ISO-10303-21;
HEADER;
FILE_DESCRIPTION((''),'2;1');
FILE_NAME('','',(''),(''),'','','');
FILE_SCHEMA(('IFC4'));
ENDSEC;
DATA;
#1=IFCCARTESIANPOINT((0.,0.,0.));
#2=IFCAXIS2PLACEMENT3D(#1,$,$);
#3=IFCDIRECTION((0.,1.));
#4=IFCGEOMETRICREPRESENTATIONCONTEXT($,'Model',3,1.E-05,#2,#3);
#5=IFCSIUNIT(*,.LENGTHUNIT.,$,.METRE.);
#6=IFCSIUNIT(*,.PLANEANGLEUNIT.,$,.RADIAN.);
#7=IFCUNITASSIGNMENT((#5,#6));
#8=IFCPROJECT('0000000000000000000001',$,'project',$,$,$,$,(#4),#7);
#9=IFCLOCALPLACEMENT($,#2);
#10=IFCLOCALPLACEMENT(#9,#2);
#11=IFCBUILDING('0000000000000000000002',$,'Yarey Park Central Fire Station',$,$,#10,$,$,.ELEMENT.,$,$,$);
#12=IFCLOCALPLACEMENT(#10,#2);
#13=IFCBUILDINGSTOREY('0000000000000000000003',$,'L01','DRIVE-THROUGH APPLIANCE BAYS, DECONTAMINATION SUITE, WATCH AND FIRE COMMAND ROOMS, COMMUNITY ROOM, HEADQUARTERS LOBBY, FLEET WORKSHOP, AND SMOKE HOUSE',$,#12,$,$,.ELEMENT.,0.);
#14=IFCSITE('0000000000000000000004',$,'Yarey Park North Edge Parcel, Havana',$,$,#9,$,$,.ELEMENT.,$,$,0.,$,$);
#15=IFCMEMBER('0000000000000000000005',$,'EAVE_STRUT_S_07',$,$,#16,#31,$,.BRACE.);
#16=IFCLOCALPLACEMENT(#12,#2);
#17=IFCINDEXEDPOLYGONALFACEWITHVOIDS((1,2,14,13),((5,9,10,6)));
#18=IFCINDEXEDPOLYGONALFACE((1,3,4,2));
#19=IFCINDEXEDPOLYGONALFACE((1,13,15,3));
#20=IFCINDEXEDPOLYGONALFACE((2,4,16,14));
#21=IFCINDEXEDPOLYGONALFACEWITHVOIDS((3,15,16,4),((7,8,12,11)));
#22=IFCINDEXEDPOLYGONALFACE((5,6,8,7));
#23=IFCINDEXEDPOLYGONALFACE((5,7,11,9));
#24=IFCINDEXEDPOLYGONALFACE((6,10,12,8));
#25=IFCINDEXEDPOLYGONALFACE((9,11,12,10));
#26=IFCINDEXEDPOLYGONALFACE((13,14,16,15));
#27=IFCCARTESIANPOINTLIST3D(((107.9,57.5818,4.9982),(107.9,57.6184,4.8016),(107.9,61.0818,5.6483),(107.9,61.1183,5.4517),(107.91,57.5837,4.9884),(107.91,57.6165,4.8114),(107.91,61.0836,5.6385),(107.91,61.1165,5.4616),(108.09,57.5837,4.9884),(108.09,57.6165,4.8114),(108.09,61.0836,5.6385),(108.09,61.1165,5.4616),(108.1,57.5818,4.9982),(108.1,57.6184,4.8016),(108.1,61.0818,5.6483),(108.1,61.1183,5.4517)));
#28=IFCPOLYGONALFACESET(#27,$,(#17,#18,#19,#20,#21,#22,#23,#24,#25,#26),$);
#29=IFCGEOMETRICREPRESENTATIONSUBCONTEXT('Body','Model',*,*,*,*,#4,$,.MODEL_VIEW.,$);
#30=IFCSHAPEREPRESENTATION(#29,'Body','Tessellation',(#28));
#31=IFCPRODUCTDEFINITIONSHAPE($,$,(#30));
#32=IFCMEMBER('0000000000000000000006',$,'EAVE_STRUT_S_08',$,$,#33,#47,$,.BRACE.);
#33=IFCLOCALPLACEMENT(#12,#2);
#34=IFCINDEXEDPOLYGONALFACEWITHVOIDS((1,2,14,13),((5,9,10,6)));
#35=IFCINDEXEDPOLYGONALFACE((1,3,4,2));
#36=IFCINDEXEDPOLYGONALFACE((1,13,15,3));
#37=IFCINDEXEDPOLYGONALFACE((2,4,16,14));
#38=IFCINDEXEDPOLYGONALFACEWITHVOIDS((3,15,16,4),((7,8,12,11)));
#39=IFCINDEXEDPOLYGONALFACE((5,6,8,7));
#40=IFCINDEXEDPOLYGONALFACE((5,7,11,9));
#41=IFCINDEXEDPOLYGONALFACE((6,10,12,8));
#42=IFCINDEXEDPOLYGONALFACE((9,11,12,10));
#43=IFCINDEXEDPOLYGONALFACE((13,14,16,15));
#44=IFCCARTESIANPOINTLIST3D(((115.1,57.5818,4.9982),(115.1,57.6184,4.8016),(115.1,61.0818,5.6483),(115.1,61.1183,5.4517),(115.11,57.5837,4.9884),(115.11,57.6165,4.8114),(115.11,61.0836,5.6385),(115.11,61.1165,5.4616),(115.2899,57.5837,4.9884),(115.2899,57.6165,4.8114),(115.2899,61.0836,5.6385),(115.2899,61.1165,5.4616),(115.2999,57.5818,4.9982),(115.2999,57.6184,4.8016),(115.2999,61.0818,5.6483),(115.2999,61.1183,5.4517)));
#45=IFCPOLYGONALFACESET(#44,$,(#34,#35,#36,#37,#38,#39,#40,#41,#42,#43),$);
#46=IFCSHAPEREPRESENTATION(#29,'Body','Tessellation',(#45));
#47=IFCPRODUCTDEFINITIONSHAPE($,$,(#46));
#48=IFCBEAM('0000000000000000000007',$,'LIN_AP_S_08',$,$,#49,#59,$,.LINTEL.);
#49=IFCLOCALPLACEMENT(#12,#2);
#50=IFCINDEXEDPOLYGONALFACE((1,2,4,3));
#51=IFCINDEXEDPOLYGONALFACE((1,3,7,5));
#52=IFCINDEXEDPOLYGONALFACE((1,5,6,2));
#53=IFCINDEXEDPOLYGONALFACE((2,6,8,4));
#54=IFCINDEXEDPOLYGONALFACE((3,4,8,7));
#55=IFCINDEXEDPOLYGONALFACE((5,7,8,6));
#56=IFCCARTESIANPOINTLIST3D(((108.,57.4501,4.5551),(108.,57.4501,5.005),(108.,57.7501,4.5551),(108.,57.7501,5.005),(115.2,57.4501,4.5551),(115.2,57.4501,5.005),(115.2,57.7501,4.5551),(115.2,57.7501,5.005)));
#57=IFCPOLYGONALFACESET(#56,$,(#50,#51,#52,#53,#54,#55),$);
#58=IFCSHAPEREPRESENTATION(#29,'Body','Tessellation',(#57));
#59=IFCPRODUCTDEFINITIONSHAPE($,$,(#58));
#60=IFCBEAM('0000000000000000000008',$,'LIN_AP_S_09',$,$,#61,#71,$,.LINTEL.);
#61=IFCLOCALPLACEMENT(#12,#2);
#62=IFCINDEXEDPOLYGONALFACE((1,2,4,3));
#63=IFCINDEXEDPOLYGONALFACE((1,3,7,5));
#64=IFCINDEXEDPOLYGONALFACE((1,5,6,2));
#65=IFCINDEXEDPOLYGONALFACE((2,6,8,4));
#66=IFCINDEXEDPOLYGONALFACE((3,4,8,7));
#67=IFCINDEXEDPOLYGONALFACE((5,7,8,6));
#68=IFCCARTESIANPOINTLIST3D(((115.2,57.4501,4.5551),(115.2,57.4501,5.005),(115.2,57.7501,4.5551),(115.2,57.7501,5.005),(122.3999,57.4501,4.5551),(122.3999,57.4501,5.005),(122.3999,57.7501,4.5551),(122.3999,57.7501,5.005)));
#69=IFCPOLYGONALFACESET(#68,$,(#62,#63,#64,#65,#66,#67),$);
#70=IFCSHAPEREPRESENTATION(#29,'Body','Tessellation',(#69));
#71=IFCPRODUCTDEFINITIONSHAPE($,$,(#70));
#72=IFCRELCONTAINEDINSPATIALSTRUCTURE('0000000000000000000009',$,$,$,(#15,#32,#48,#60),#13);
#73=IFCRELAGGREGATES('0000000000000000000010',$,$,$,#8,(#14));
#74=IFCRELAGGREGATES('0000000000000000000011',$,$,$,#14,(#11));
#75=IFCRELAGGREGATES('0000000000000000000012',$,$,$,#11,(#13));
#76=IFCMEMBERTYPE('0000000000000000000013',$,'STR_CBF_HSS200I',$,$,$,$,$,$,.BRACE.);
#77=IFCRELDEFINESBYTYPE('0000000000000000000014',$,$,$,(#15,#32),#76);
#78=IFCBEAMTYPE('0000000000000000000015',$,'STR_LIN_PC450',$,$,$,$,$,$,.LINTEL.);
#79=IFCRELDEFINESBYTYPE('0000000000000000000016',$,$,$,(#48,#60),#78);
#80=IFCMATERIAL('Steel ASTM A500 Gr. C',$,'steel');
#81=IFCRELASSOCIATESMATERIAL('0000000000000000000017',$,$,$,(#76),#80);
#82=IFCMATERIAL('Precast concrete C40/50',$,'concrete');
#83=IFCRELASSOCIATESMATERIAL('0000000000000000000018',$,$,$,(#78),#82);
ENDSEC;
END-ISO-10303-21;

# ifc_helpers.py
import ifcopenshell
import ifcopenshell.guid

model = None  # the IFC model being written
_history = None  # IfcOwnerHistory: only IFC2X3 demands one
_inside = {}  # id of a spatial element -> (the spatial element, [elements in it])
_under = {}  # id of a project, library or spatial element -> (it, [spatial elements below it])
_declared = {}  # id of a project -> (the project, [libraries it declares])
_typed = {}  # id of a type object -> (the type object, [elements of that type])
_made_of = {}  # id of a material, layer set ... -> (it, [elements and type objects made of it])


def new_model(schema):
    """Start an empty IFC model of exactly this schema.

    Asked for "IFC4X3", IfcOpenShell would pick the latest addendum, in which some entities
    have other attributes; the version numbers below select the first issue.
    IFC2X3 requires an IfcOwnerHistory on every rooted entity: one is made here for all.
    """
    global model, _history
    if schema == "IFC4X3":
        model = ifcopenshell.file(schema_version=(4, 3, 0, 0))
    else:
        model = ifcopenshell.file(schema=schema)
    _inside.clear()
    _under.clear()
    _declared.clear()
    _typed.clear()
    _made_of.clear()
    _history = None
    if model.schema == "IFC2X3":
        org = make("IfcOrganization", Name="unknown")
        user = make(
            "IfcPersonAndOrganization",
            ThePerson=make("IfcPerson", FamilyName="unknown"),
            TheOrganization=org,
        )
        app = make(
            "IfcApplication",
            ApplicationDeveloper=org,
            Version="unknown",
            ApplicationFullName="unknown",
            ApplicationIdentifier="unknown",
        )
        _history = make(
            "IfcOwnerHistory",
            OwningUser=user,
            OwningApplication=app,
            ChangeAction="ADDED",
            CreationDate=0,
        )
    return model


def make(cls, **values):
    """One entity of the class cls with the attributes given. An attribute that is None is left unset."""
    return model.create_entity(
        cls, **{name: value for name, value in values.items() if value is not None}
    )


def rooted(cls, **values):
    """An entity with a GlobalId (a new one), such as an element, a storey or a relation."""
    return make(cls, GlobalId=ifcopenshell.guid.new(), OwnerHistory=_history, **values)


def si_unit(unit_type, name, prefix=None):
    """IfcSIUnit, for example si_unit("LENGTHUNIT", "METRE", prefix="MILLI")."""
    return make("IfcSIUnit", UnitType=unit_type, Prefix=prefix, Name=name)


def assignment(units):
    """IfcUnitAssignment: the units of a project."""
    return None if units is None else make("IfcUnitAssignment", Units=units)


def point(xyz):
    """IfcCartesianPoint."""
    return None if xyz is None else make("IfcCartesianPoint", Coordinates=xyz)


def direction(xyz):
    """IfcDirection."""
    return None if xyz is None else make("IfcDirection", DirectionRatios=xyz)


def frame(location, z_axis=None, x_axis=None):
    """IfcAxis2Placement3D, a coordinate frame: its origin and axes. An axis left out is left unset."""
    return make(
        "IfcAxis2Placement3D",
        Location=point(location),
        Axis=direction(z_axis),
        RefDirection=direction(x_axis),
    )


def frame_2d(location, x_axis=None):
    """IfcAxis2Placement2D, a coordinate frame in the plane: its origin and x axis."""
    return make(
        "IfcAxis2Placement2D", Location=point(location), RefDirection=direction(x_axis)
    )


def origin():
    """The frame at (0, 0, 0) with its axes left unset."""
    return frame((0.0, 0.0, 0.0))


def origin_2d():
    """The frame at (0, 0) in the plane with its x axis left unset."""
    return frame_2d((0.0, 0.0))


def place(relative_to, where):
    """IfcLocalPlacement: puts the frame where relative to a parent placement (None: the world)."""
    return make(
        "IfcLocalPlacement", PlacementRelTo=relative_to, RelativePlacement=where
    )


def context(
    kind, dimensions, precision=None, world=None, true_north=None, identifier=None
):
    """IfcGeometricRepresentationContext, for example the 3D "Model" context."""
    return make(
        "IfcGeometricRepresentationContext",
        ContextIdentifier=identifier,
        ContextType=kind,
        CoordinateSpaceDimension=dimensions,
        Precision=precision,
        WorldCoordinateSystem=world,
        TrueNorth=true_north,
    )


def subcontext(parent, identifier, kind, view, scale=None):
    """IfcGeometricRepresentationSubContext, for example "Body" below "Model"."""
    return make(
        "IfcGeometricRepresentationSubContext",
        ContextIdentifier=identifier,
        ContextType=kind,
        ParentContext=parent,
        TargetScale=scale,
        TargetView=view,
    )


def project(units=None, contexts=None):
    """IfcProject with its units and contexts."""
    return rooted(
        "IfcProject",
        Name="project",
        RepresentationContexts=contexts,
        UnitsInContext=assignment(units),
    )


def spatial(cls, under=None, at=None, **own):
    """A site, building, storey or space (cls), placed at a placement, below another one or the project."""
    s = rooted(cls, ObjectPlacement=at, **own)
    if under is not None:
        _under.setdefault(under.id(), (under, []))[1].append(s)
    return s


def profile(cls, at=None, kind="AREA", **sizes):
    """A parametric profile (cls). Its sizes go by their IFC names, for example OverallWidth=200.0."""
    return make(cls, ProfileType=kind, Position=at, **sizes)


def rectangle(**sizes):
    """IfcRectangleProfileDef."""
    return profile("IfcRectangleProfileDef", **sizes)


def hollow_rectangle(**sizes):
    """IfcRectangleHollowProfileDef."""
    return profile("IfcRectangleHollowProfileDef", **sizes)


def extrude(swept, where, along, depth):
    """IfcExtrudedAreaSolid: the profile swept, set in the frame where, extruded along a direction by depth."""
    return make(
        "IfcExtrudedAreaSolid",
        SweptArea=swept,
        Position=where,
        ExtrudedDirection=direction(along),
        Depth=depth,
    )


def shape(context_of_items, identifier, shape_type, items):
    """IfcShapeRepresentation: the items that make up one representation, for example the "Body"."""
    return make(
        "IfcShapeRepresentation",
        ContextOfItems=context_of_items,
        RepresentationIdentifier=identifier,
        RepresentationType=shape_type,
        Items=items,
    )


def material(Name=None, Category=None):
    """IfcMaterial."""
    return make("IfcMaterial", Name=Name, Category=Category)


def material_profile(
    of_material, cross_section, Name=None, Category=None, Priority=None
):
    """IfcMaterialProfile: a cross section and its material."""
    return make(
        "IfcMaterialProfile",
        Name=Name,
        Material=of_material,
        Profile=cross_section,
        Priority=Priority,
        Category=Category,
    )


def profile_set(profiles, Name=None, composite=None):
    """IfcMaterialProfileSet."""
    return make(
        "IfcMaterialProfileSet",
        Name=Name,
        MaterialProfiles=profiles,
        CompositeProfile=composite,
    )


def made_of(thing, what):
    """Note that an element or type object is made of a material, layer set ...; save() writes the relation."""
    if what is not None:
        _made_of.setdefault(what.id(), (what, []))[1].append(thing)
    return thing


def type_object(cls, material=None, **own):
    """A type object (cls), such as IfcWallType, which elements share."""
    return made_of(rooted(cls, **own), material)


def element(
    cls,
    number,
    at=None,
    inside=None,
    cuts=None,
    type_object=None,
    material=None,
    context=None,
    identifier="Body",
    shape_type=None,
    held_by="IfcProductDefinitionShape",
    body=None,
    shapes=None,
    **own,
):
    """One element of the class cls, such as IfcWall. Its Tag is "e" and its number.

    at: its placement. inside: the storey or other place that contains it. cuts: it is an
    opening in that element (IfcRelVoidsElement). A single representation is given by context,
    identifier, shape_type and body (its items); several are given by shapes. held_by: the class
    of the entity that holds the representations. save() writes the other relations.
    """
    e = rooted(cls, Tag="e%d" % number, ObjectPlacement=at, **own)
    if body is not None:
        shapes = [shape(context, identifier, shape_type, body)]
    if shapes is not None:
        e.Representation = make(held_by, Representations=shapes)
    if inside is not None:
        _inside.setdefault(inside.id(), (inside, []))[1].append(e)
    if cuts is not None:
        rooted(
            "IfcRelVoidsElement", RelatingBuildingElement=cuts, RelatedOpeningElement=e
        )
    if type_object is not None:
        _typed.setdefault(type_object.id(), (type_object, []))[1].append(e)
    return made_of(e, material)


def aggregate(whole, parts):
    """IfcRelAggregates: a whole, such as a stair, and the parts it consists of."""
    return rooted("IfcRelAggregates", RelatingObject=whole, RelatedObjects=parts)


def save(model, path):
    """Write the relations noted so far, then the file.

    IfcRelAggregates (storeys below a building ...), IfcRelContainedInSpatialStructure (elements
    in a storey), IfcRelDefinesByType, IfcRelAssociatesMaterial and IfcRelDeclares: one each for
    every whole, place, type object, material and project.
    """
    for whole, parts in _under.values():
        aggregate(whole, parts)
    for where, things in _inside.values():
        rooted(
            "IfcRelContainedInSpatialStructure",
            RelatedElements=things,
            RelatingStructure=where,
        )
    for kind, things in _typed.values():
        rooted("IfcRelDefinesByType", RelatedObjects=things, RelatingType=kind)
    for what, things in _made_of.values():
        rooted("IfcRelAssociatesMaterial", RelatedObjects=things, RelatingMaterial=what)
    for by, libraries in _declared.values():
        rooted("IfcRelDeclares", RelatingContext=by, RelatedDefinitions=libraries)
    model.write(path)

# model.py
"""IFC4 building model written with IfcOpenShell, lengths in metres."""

from ifc_helpers import new_model, si_unit, direction, frame, origin, origin_2d, place, context, subcontext, project, spatial, rectangle, hollow_rectangle, extrude, material, material_profile, profile_set, type_object, element, save


model = new_model("IFC4")

# Units and contexts
model_context = context("Model", 3, precision=1e-05, world=origin(), true_north=direction((0.0, 1.0)))
body_context = subcontext(model_context, "Body", "Model", "MODEL_VIEW")
ifc_project = project(units=[si_unit("LENGTHUNIT", "METRE"), si_unit("PLANEANGLEUNIT", "RADIAN")], contexts=[model_context])

# Site, building, storey
site_placement = place(None, origin())
site = spatial("IfcSite", under=ifc_project, at=site_placement, Name="Yarey Park North Edge Parcel, Havana", CompositionType="ELEMENT", RefElevation=0.0)
building_placement = place(site_placement, origin())
building = spatial("IfcBuilding", under=site, at=building_placement, Name="Yarey Park Central Fire Station", CompositionType="ELEMENT")
storey_placement = place(building_placement, origin())
storey = spatial("IfcBuildingStorey", under=building, at=storey_placement, Name="L01", Description="DRIVE-THROUGH APPLIANCE BAYS, DECONTAMINATION SUITE, WATCH AND FIRE COMMAND ROOMS, COMMUNITY ROOM, HEADQUARTERS LOBBY, FLEET WORKSHOP, AND SMOKE HOUSE", CompositionType="ELEMENT", Elevation=0.0)

# Members
ifc_material_1 = material(Name="Steel ASTM A500 Gr. C", Category="steel")
ifc_material_profile_1 = material_profile(ifc_material_1, hollow_rectangle(XDim=0.2, YDim=0.2, WallThickness=0.01, at=origin_2d()), Name="HSS 200x200x10")
ifc_profile_set_1 = profile_set([ifc_material_profile_1], Name="Steel ASTM A500 Gr. C")
member_type = type_object("IfcMemberType", Name="STR_CBF_HSS200I", PredefinedType="BRACE", material=ifc_profile_set_1)
for number, where, z_axis, x_axis, name in (
    (1, (108.0, 57.6001, 4.8999), (0.0, 0.983181, 0.182632), (-1.0, 0.0, 0.0), "EAVE_STRUT_S_07"),
    (2, (115.2, 57.6001, 4.8999), (0.0, 0.983181, 0.182632), (-1.0, 0.0, 0.0), "EAVE_STRUT_S_08"),
):
    element("IfcMember", number, at=place(storey_placement, frame(where, z_axis=z_axis, x_axis=x_axis)), inside=storey, type_object=member_type, Name=name, PredefinedType="BRACE", context=body_context, shape_type="SweptSolid", body=[
        extrude(hollow_rectangle(XDim=0.2, YDim=0.2, WallThickness=0.01, at=origin_2d()), origin(), (0.0, 0.0, 1.0), 3.5598),
    ])

# Beams
ifc_material_2 = material(Name="Precast concrete C40/50", Category="concrete")
ifc_material_profile_2 = material_profile(ifc_material_2, rectangle(XDim=0.3, YDim=0.45, at=origin_2d()), Name="PC 300x450")
ifc_profile_set_2 = profile_set([ifc_material_profile_2], Name="Precast concrete C40/50")
beam_type = type_object("IfcBeamType", Name="STR_LIN_PC450", PredefinedType="LINTEL", material=ifc_profile_set_2)
for number, where, z_axis, x_axis, name in (
    (3, (108.0, 57.6001, 4.78), (1.0, 0.0, 0.0), (0.0, 1.0, 0.0), "LIN_AP_S_08"),
    (4, (115.2, 57.6001, 4.78), (1.0, 0.0, 0.0), (0.0, 1.0, 0.0), "LIN_AP_S_09"),
):
    element("IfcBeam", number, at=place(storey_placement, frame(where, z_axis=z_axis, x_axis=x_axis)), inside=storey, type_object=beam_type, Name=name, PredefinedType="LINTEL", context=body_context, shape_type="SweptSolid", body=[
        extrude(rectangle(XDim=0.3, YDim=0.45, at=origin_2d()), origin(), (0.0, 0.0, 1.0), 7.2),
    ])

save(model, "model.ifc")
